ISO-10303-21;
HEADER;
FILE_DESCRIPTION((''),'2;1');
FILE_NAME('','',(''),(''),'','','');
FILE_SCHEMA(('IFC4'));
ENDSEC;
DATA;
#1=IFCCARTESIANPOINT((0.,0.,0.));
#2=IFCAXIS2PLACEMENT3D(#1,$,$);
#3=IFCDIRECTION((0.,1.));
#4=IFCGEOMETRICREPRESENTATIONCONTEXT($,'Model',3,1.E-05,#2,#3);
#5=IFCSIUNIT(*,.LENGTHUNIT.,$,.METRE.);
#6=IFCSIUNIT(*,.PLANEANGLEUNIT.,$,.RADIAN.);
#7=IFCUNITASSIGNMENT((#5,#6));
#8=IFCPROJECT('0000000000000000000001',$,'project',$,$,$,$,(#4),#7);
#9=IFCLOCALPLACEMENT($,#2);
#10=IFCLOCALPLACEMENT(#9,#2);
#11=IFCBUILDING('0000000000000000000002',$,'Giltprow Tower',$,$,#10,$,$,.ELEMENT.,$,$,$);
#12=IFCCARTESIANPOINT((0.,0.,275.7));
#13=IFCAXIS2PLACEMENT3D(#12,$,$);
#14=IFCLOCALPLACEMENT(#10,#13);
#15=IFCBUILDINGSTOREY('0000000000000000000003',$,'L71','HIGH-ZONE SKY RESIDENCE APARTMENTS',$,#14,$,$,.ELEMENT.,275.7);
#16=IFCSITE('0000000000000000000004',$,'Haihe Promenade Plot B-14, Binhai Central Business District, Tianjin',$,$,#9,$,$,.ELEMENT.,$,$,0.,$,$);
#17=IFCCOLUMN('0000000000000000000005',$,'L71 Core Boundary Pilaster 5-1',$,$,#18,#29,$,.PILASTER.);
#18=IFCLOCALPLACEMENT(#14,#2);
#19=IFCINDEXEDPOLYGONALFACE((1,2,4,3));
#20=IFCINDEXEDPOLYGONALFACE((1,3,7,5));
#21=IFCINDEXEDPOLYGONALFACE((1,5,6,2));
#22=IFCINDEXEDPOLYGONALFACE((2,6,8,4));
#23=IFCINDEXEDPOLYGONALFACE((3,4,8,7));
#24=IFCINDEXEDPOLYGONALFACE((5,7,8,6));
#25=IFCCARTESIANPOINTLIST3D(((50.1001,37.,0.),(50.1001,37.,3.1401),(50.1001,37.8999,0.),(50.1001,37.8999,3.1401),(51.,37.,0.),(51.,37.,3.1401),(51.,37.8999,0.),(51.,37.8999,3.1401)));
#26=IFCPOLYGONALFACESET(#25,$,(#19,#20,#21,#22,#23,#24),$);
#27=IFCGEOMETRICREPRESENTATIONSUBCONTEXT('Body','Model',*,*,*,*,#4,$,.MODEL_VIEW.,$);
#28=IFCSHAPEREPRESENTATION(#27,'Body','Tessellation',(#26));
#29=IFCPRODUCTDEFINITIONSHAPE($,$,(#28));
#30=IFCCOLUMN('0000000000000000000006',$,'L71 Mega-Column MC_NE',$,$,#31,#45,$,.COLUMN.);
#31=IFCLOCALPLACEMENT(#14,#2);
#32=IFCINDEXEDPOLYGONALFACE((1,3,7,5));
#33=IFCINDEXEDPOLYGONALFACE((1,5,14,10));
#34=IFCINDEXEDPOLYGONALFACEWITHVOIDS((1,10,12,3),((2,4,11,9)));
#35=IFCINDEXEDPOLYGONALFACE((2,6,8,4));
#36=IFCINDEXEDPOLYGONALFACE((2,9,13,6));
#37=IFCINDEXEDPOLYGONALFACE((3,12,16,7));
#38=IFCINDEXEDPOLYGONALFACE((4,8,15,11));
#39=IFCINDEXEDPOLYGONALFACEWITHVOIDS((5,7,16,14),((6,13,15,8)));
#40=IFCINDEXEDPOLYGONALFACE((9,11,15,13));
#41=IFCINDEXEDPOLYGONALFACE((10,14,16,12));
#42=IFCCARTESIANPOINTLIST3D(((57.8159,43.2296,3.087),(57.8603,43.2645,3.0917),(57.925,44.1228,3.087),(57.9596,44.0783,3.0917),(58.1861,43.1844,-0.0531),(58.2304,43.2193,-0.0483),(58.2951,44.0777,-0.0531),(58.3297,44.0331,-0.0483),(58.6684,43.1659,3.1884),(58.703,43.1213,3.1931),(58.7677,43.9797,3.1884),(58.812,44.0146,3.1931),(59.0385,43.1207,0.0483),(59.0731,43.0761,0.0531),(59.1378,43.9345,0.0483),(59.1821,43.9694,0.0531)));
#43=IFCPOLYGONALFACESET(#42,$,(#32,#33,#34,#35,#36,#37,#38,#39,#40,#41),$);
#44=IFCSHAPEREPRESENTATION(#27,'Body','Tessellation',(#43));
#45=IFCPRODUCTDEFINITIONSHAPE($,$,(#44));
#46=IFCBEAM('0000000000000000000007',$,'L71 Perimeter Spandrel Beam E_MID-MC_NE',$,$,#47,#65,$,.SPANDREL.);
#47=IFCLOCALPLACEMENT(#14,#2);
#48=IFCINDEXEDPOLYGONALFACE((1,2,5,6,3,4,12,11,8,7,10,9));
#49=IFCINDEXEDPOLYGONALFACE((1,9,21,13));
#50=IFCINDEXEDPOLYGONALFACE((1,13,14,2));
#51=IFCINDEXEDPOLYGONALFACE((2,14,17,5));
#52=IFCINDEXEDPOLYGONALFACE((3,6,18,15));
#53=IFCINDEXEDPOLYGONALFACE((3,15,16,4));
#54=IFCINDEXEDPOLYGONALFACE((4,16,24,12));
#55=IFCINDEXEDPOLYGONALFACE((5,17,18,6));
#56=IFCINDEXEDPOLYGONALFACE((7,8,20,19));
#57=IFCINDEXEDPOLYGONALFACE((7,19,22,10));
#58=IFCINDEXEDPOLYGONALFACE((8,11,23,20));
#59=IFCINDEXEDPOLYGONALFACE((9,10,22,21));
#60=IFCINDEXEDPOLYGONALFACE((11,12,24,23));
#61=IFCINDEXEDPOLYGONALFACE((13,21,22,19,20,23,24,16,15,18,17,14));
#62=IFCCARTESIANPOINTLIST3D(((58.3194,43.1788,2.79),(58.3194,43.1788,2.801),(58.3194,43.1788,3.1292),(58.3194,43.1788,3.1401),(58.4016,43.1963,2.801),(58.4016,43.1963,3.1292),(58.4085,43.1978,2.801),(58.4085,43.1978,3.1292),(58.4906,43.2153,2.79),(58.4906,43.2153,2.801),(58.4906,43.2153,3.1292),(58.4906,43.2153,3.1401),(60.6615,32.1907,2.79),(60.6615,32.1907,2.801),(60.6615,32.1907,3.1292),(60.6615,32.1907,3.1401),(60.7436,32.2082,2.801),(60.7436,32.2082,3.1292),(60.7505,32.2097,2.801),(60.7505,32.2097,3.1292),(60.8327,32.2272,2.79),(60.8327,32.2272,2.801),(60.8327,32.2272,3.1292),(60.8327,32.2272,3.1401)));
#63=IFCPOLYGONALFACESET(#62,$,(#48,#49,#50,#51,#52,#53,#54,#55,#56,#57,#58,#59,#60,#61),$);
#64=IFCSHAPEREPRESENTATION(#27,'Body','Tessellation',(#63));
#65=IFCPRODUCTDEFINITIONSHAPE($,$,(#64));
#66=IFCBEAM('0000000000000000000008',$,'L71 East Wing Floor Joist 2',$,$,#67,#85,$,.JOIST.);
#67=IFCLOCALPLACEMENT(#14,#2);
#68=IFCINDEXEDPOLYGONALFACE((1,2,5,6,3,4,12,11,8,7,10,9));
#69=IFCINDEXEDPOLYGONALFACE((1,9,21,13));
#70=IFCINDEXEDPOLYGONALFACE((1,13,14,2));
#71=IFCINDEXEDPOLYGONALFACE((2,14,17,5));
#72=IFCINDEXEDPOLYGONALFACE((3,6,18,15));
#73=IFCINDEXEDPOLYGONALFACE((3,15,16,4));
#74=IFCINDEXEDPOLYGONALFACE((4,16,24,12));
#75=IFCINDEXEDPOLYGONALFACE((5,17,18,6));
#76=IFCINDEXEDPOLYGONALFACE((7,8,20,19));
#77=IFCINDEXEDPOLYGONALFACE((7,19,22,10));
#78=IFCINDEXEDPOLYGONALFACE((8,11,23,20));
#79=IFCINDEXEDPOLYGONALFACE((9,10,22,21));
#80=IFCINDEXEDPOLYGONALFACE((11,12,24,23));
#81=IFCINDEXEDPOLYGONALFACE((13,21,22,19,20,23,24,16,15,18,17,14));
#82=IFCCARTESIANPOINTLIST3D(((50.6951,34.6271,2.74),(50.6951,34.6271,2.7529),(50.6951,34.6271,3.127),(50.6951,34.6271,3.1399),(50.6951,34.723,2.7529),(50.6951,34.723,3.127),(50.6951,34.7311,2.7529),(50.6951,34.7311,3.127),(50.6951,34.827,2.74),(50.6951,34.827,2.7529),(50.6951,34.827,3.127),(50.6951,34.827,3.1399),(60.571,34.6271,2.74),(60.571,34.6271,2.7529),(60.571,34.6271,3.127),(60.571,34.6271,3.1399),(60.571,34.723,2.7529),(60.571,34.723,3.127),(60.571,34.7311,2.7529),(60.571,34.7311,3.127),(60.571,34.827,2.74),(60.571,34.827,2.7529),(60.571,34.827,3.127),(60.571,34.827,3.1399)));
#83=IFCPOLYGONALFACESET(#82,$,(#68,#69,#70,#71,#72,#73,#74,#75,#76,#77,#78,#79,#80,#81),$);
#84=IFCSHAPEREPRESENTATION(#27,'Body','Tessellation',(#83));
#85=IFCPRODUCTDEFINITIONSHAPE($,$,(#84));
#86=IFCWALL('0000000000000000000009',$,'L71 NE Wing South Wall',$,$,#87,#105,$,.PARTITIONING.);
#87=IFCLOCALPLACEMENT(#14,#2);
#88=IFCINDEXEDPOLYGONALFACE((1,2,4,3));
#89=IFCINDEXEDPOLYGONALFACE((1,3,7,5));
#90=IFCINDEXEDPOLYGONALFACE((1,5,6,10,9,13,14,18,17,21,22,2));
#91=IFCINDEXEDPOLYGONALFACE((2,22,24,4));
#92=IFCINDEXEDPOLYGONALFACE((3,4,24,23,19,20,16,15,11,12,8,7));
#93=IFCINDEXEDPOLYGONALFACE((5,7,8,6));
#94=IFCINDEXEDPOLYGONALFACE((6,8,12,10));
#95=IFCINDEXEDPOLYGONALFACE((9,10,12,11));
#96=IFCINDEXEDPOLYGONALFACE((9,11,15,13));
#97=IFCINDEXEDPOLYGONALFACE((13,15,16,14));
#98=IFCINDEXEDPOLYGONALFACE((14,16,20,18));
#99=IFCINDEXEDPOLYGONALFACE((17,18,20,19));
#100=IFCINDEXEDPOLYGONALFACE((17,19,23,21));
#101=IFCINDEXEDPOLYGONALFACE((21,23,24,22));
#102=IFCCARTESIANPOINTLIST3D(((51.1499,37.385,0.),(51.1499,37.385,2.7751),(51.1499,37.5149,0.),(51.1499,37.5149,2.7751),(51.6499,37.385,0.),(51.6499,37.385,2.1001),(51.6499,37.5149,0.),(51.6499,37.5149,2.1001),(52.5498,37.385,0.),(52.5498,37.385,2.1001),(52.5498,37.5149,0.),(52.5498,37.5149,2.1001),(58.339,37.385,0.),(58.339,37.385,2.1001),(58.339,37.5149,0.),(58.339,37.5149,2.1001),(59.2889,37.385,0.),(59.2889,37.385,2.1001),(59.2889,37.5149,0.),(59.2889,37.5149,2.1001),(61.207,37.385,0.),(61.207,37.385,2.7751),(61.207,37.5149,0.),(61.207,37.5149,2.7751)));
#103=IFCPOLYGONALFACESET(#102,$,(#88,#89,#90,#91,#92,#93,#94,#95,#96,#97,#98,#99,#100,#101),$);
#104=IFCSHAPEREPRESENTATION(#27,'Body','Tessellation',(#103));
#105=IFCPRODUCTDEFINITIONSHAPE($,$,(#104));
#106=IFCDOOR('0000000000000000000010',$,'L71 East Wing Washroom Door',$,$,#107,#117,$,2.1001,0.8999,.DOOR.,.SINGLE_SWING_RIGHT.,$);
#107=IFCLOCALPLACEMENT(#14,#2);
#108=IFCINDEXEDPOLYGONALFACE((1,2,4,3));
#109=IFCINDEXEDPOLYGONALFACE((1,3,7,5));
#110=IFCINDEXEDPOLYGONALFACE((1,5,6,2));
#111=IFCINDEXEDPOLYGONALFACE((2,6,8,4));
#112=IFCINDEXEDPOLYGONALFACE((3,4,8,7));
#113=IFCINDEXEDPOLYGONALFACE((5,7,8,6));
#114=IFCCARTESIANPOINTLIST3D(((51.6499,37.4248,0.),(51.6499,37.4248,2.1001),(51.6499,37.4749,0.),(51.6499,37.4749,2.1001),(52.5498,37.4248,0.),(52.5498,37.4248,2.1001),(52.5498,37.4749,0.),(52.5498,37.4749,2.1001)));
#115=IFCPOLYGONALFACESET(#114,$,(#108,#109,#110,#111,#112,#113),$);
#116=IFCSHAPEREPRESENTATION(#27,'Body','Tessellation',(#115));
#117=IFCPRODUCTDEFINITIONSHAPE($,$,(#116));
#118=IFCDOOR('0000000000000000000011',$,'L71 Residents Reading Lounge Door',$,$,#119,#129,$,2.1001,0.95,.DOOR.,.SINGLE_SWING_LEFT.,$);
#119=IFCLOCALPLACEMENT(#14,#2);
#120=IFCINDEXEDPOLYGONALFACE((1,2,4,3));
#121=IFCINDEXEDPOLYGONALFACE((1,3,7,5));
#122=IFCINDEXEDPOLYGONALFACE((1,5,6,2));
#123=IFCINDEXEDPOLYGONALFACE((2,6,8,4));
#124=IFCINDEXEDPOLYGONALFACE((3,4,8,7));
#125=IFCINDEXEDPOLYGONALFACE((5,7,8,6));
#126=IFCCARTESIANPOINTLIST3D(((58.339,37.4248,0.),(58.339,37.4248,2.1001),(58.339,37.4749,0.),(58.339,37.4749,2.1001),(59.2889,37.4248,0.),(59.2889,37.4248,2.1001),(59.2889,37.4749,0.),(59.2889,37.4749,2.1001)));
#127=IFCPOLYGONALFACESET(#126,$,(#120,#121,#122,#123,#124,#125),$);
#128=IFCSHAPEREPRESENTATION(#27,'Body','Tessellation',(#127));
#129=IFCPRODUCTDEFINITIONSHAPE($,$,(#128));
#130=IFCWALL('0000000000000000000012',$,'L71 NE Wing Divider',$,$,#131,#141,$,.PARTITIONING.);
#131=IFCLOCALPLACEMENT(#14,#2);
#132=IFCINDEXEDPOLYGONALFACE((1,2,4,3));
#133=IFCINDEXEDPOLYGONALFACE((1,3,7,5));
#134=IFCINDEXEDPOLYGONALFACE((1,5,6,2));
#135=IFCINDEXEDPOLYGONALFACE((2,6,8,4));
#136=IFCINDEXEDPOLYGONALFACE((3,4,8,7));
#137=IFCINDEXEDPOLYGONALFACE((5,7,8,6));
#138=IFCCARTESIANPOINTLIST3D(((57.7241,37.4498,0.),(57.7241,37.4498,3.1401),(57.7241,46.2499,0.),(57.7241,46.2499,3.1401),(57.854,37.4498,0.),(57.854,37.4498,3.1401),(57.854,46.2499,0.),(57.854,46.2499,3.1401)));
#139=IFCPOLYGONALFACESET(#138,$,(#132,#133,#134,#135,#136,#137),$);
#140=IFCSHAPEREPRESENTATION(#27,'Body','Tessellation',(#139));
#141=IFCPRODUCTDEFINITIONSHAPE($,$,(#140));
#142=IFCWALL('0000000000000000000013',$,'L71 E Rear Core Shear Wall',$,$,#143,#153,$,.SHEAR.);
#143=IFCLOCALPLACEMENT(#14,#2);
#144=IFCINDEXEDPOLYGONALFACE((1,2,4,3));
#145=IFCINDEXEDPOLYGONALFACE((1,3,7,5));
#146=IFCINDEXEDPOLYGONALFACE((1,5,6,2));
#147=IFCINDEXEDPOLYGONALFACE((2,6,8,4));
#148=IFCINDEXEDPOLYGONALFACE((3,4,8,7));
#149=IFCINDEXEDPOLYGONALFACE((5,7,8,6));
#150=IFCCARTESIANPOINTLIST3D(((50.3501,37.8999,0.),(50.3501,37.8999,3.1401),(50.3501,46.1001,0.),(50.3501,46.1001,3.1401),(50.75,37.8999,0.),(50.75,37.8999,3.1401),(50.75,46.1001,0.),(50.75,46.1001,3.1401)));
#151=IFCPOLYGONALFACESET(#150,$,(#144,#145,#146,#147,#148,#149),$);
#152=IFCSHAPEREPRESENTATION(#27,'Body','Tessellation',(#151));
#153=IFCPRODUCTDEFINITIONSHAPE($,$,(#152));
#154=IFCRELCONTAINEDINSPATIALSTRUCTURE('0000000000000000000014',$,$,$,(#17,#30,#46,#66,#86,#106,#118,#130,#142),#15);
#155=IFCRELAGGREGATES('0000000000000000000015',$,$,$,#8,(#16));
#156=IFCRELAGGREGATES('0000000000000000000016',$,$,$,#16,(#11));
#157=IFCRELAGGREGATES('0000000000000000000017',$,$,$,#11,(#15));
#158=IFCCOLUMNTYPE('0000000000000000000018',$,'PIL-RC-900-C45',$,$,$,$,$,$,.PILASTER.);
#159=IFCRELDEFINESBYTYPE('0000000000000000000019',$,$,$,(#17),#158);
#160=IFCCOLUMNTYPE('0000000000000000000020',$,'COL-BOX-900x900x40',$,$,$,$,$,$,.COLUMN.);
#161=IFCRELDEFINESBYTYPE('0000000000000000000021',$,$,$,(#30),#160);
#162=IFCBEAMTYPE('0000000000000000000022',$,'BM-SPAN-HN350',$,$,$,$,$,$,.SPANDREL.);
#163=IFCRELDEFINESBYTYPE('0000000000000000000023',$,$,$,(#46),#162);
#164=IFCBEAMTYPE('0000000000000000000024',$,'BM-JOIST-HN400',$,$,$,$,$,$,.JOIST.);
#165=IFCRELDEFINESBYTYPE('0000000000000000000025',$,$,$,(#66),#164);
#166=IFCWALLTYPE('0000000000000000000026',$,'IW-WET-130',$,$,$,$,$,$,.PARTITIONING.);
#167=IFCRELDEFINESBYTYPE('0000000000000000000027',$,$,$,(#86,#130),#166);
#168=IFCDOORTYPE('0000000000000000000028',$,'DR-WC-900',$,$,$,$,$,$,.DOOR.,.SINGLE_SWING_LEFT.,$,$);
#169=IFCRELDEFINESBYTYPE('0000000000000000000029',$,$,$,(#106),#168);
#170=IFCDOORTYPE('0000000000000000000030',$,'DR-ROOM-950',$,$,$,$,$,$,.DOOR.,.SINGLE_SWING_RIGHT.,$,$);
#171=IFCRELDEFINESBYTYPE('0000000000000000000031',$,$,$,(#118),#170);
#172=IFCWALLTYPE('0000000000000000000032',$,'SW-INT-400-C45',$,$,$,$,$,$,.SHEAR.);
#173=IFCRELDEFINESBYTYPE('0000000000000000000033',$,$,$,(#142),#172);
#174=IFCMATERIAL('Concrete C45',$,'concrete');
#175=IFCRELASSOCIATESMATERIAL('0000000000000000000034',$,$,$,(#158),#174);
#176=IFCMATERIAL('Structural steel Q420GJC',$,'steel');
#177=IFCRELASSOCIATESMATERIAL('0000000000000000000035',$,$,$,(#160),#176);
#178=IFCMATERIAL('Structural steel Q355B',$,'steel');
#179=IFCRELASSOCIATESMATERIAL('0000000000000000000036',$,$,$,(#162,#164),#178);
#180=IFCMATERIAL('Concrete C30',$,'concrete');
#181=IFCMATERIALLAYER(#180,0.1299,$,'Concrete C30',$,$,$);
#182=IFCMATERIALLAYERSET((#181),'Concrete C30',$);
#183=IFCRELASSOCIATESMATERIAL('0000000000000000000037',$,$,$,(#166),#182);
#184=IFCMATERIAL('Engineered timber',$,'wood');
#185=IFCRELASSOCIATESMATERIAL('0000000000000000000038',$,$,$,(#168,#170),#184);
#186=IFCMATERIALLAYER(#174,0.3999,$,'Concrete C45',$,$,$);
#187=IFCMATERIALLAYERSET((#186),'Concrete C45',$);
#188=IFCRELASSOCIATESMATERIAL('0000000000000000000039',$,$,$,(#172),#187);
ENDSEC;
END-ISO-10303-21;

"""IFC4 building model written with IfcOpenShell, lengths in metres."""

from ifc_helpers import new_model, si_unit, direction, frame, frame_2d, origin, origin_2d, place, context, subcontext, project, spatial, rectangle, hollow_rectangle, i_section, extrude, source, transform, mapped, material, layer, layer_set, material_profile, profile_set, type_object, element, fill, save


model = new_model("IFC4")

# Units and contexts
model_context = context("Model", 3, precision=1e-05, world=origin(), true_north=direction((0.0, 1.0)))
body_context = subcontext(model_context, "Body", "Model", "MODEL_VIEW")
ifc_project = project(units=[si_unit("LENGTHUNIT", "METRE"), si_unit("PLANEANGLEUNIT", "RADIAN")], contexts=[model_context])

# Site, building, storey
site_placement = place(None, origin())
site = spatial("IfcSite", under=ifc_project, at=site_placement, Name="Haihe Promenade Plot B-14, Binhai Central Business District, Tianjin", CompositionType="ELEMENT", RefElevation=0.0)
building_placement = place(site_placement, origin())
building = spatial("IfcBuilding", under=site, at=building_placement, Name="Giltprow Tower", CompositionType="ELEMENT")
storey_placement = place(building_placement, frame((0.0, 0.0, 275.7)))
storey = spatial("IfcBuildingStorey", under=building, at=storey_placement, Name="L71", Description="HIGH-ZONE SKY RESIDENCE APARTMENTS", CompositionType="ELEMENT", Elevation=275.7)

# Columns
ifc_material_1 = material(Name="Concrete C45", Category="concrete")
ifc_material_profile_1 = material_profile(ifc_material_1, rectangle(XDim=0.8999, YDim=0.8999, at=origin_2d()), Name="RC 900x900")
ifc_profile_set_1 = profile_set([ifc_material_profile_1], Name="Concrete C45")
column_type_1 = type_object("IfcColumnType", Name="PIL-RC-900-C45", PredefinedType="PILASTER", material=ifc_profile_set_1)
shared_shape_1 = source(origin(), body_context, "Body", "SweptSolid", [
    extrude(rectangle(XDim=0.8999, YDim=0.8999, at=origin_2d()), origin(), (0.0, 0.0, 1.0), 3.1401),
])
column_1_placement = place(storey_placement, frame((50.55, 37.45, 0.0), z_axis=(0.0, 0.0, 1.0), x_axis=(1.0, 0.0, 0.0)))
element("IfcColumn", 1, at=column_1_placement, inside=storey, type_object=column_type_1, Name="L71 Core Boundary Pilaster 5-1", PredefinedType="PILASTER", context=body_context, shape_type="MappedRepresentation", body=[
    mapped(shared_shape_1, transform((0.0, 0.0, 0.0), x_axis=(1.0, 0.0, 0.0), y_axis=(0.0, 1.0, 0.0), z_axis=(0.0, 0.0, 1.0), scale=1.0)),
])
ifc_material_2 = material(Name="Structural steel Q420GJC", Category="steel")
ifc_material_profile_2 = material_profile(ifc_material_2, hollow_rectangle(XDim=0.8999, YDim=0.8999, WallThickness=0.04, at=origin_2d()), Name="BOX 900x900x40")
ifc_profile_set_2 = profile_set([ifc_material_profile_2], Name="Structural steel Q420GJC")
column_type_2 = type_object("IfcColumnType", Name="COL-BOX-900x900x40", PredefinedType="COLUMN", material=ifc_profile_set_2)
shared_shape_2 = source(origin(), body_context, "Body", "SweptSolid", [
    extrude(hollow_rectangle(XDim=0.8999, YDim=0.8999, WallThickness=0.04, at=origin_2d()), origin(), (0.0, 0.0, 1.0), 3.1621),
])
column_2_placement = place(storey_placement, frame((58.6841, 43.5769, 0.0), z_axis=(-0.117044, 0.014283, 0.993024), x_axis=(-0.121133, -0.992636, 0.0)))
element("IfcColumn", 2, at=column_2_placement, inside=storey, type_object=column_type_2, Name="L71 Mega-Column MC_NE", PredefinedType="COLUMN", context=body_context, shape_type="MappedRepresentation", body=[
    mapped(shared_shape_2, transform((0.0, 0.0, 0.0), x_axis=(1.0, 0.0, 0.0), y_axis=(0.0, 1.0, 0.0), z_axis=(0.0, 0.0, 1.0), scale=1.0)),
])

# Beams
ifc_material_3 = material(Name="Structural steel Q355B", Category="steel")
ifc_material_profile_3 = material_profile(ifc_material_3, i_section(OverallWidth=0.175, OverallDepth=0.3501, WebThickness=0.0071, FlangeThickness=0.011, at=origin_2d()), Name="HN 350x175x7x11")
ifc_profile_set_3 = profile_set([ifc_material_profile_3], Name="Structural steel Q355B")
beam_type_1 = type_object("IfcBeamType", Name="BM-SPAN-HN350", PredefinedType="SPANDREL", material=ifc_profile_set_3)
shared_shape_3 = source(origin(), body_context, "Body", "SweptSolid", [
    extrude(i_section(OverallWidth=0.175, OverallDepth=0.3501, WebThickness=0.0071, FlangeThickness=0.011, at=origin_2d()), origin(), (0.0, 0.0, 1.0), 11.2349),
])
beam_1_placement = place(storey_placement, frame((60.7471, 32.209, 2.9651), z_axis=(-0.208462, 0.97803, 0.0), x_axis=(-0.97803, -0.208462, 0.0)))
element("IfcBeam", 3, at=beam_1_placement, inside=storey, type_object=beam_type_1, Name="L71 Perimeter Spandrel Beam E_MID-MC_NE", PredefinedType="SPANDREL", context=body_context, shape_type="MappedRepresentation", body=[
    mapped(shared_shape_3, transform((0.0, 0.0, 0.0), x_axis=(1.0, 0.0, 0.0), y_axis=(0.0, 1.0, 0.0), z_axis=(0.0, 0.0, 1.0), scale=1.0)),
])
ifc_material_profile_4 = material_profile(ifc_material_3, i_section(OverallWidth=0.2, OverallDepth=0.3999, WebThickness=0.0081, FlangeThickness=0.0129, at=origin_2d()), Name="HN 400x200x8x13")
ifc_profile_set_4 = profile_set([ifc_material_profile_4], Name="Structural steel Q355B")
beam_type_2 = type_object("IfcBeamType", Name="BM-JOIST-HN400", PredefinedType="JOIST", material=ifc_profile_set_4)
shared_shape_4 = source(origin(), body_context, "Body", "SweptSolid", [
    extrude(i_section(OverallWidth=0.2, OverallDepth=0.3999, WebThickness=0.0081, FlangeThickness=0.0129, at=origin_2d()), origin(), (0.0, 0.0, 1.0), 9.876),
])
beam_2_placement = place(storey_placement, frame((50.6951, 34.7271, 2.9399), z_axis=(1.0, 0.0, 0.0), x_axis=(0.0, 1.0, 0.0)))
element("IfcBeam", 4, at=beam_2_placement, inside=storey, type_object=beam_type_2, Name="L71 East Wing Floor Joist 2", PredefinedType="JOIST", context=body_context, shape_type="MappedRepresentation", body=[
    mapped(shared_shape_4, transform((0.0, 0.0, 0.0), x_axis=(1.0, 0.0, 0.0), y_axis=(0.0, 1.0, 0.0), z_axis=(0.0, 0.0, 1.0), scale=1.0)),
])

# Wall, openings, doors
ifc_material_4 = material(Name="Concrete C30", Category="concrete")
ifc_layer_1 = layer(ifc_material_4, 0.1299, Name="Concrete C30")
ifc_layer_set_1 = layer_set([ifc_layer_1], Name="Concrete C30")
wall_type_1 = type_object("IfcWallType", Name="IW-WET-130", PredefinedType="PARTITIONING", material=ifc_layer_set_1)
wall_1_placement = place(storey_placement, frame((51.1499, 37.45, 0.0), z_axis=(0.0, 0.0, 1.0), x_axis=(1.0, 0.0, 0.0)))
wall_1 = element("IfcWall", 5, at=wall_1_placement, inside=storey, type_object=wall_type_1, Name="L71 NE Wing South Wall", PredefinedType="PARTITIONING", context=body_context, shape_type="SweptSolid", body=[
    extrude(rectangle(XDim=10.0571, YDim=0.1299, at=frame_2d((5.0286, 0.0))), origin(), (0.0, 0.0, 1.0), 2.7751),
])
opening_1_placement = place(wall_1_placement, frame((0.5, 0.0, 0.0)))
opening_1 = element("IfcOpeningElement", 6, at=opening_1_placement, cuts=wall_1, PredefinedType="OPENING", context=body_context, shape_type="SweptSolid", body=[
    extrude(rectangle(XDim=0.8999, YDim=2.1001, at=frame_2d((0.45, 1.05))), frame((0.0, 0.075, 0.0), z_axis=(0.0, -1.0, 0.0), x_axis=(1.0, 0.0, 0.0)), (0.0, 0.0, 1.0), 0.1499),
])
opening_2_placement = place(wall_1_placement, frame((7.189, 0.0, 0.0)))
opening_2 = element("IfcOpeningElement", 7, at=opening_2_placement, cuts=wall_1, PredefinedType="OPENING", context=body_context, shape_type="SweptSolid", body=[
    extrude(rectangle(XDim=0.95, YDim=2.1001, at=frame_2d((0.4751, 1.05))), frame((0.0, 0.075, 0.0), z_axis=(0.0, -1.0, 0.0), x_axis=(1.0, 0.0, 0.0)), (0.0, 0.0, 1.0), 0.1499),
])
ifc_material_5 = material(Name="Engineered timber", Category="wood")
door_type_1 = type_object("IfcDoorType", Name="DR-WC-900", OperationType="SINGLE_SWING_LEFT", PredefinedType="DOOR", material=ifc_material_5)
shared_shape_5 = source(origin(), body_context, "Body", "SweptSolid", [
    extrude(rectangle(XDim=0.8999, YDim=2.1001, at=frame_2d((0.45, 1.05))), frame((0.0, 0.0249, 0.0), z_axis=(0.0, -1.0, 0.0), x_axis=(1.0, 0.0, 0.0)), (0.0, 0.0, 1.0), 0.05),
])
door_1_placement = place(opening_1_placement, origin())
door_1 = element("IfcDoor", 8, at=door_1_placement, inside=storey, type_object=door_type_1, Name="L71 East Wing Washroom Door", OperationType="SINGLE_SWING_RIGHT", OverallHeight=2.1001, OverallWidth=0.8999, PredefinedType="DOOR", context=body_context, shape_type="MappedRepresentation", body=[
    mapped(shared_shape_5, transform((0.0, 0.0, 0.0), x_axis=(1.0, 0.0, 0.0), y_axis=(0.0, 1.0, 0.0), z_axis=(0.0, 0.0, 1.0), scale=1.0)),
])
fill(opening_1, door_1)
door_type_2 = type_object("IfcDoorType", Name="DR-ROOM-950", OperationType="SINGLE_SWING_RIGHT", PredefinedType="DOOR", material=ifc_material_5)
shared_shape_6 = source(origin(), body_context, "Body", "SweptSolid", [
    extrude(rectangle(XDim=0.95, YDim=2.1001, at=frame_2d((0.4751, 1.05))), frame((0.0, 0.0249, 0.0), z_axis=(0.0, -1.0, 0.0), x_axis=(1.0, 0.0, 0.0)), (0.0, 0.0, 1.0), 0.05),
])
door_2_placement = place(opening_2_placement, origin())
door_2 = element("IfcDoor", 9, at=door_2_placement, inside=storey, type_object=door_type_2, Name="L71 Residents Reading Lounge Door", OperationType="SINGLE_SWING_LEFT", OverallHeight=2.1001, OverallWidth=0.95, PredefinedType="DOOR", context=body_context, shape_type="MappedRepresentation", body=[
    mapped(shared_shape_6, transform((0.0, 0.0, 0.0), x_axis=(1.0, 0.0, 0.0), y_axis=(0.0, 1.0, 0.0), z_axis=(0.0, 0.0, 1.0), scale=1.0)),
])
fill(opening_2, door_2)

# Walls
wall_2_placement = place(storey_placement, frame((57.7891, 37.45, 0.0), z_axis=(0.0, 0.0, 1.0), x_axis=(0.0, 1.0, 0.0)))
element("IfcWall", 10, at=wall_2_placement, inside=storey, type_object=wall_type_1, Name="L71 NE Wing Divider", PredefinedType="PARTITIONING", context=body_context, shape_type="SweptSolid", body=[
    extrude(rectangle(XDim=8.8, YDim=0.1299, at=frame_2d((4.3999, 0.0))), origin(), (0.0, 0.0, 1.0), 3.1401),
])
ifc_layer_2 = layer(ifc_material_1, 0.3999, Name="Concrete C45")
ifc_layer_set_2 = layer_set([ifc_layer_2], Name="Concrete C45")
wall_type_2 = type_object("IfcWallType", Name="SW-INT-400-C45", PredefinedType="SHEAR", material=ifc_layer_set_2)
wall_3_placement = place(storey_placement, frame((50.55, 37.8999, 0.0), z_axis=(0.0, 0.0, 1.0), x_axis=(0.0, 1.0, 0.0)))
element("IfcWall", 11, at=wall_3_placement, inside=storey, type_object=wall_type_2, Name="L71 E Rear Core Shear Wall", PredefinedType="SHEAR", context=body_context, shape_type="SweptSolid", body=[
    extrude(rectangle(XDim=8.2002, YDim=0.3999, at=frame_2d((4.1001, 0.0))), origin(), (0.0, 0.0, 1.0), 3.1401),
])

save(model, "model.ifc")
